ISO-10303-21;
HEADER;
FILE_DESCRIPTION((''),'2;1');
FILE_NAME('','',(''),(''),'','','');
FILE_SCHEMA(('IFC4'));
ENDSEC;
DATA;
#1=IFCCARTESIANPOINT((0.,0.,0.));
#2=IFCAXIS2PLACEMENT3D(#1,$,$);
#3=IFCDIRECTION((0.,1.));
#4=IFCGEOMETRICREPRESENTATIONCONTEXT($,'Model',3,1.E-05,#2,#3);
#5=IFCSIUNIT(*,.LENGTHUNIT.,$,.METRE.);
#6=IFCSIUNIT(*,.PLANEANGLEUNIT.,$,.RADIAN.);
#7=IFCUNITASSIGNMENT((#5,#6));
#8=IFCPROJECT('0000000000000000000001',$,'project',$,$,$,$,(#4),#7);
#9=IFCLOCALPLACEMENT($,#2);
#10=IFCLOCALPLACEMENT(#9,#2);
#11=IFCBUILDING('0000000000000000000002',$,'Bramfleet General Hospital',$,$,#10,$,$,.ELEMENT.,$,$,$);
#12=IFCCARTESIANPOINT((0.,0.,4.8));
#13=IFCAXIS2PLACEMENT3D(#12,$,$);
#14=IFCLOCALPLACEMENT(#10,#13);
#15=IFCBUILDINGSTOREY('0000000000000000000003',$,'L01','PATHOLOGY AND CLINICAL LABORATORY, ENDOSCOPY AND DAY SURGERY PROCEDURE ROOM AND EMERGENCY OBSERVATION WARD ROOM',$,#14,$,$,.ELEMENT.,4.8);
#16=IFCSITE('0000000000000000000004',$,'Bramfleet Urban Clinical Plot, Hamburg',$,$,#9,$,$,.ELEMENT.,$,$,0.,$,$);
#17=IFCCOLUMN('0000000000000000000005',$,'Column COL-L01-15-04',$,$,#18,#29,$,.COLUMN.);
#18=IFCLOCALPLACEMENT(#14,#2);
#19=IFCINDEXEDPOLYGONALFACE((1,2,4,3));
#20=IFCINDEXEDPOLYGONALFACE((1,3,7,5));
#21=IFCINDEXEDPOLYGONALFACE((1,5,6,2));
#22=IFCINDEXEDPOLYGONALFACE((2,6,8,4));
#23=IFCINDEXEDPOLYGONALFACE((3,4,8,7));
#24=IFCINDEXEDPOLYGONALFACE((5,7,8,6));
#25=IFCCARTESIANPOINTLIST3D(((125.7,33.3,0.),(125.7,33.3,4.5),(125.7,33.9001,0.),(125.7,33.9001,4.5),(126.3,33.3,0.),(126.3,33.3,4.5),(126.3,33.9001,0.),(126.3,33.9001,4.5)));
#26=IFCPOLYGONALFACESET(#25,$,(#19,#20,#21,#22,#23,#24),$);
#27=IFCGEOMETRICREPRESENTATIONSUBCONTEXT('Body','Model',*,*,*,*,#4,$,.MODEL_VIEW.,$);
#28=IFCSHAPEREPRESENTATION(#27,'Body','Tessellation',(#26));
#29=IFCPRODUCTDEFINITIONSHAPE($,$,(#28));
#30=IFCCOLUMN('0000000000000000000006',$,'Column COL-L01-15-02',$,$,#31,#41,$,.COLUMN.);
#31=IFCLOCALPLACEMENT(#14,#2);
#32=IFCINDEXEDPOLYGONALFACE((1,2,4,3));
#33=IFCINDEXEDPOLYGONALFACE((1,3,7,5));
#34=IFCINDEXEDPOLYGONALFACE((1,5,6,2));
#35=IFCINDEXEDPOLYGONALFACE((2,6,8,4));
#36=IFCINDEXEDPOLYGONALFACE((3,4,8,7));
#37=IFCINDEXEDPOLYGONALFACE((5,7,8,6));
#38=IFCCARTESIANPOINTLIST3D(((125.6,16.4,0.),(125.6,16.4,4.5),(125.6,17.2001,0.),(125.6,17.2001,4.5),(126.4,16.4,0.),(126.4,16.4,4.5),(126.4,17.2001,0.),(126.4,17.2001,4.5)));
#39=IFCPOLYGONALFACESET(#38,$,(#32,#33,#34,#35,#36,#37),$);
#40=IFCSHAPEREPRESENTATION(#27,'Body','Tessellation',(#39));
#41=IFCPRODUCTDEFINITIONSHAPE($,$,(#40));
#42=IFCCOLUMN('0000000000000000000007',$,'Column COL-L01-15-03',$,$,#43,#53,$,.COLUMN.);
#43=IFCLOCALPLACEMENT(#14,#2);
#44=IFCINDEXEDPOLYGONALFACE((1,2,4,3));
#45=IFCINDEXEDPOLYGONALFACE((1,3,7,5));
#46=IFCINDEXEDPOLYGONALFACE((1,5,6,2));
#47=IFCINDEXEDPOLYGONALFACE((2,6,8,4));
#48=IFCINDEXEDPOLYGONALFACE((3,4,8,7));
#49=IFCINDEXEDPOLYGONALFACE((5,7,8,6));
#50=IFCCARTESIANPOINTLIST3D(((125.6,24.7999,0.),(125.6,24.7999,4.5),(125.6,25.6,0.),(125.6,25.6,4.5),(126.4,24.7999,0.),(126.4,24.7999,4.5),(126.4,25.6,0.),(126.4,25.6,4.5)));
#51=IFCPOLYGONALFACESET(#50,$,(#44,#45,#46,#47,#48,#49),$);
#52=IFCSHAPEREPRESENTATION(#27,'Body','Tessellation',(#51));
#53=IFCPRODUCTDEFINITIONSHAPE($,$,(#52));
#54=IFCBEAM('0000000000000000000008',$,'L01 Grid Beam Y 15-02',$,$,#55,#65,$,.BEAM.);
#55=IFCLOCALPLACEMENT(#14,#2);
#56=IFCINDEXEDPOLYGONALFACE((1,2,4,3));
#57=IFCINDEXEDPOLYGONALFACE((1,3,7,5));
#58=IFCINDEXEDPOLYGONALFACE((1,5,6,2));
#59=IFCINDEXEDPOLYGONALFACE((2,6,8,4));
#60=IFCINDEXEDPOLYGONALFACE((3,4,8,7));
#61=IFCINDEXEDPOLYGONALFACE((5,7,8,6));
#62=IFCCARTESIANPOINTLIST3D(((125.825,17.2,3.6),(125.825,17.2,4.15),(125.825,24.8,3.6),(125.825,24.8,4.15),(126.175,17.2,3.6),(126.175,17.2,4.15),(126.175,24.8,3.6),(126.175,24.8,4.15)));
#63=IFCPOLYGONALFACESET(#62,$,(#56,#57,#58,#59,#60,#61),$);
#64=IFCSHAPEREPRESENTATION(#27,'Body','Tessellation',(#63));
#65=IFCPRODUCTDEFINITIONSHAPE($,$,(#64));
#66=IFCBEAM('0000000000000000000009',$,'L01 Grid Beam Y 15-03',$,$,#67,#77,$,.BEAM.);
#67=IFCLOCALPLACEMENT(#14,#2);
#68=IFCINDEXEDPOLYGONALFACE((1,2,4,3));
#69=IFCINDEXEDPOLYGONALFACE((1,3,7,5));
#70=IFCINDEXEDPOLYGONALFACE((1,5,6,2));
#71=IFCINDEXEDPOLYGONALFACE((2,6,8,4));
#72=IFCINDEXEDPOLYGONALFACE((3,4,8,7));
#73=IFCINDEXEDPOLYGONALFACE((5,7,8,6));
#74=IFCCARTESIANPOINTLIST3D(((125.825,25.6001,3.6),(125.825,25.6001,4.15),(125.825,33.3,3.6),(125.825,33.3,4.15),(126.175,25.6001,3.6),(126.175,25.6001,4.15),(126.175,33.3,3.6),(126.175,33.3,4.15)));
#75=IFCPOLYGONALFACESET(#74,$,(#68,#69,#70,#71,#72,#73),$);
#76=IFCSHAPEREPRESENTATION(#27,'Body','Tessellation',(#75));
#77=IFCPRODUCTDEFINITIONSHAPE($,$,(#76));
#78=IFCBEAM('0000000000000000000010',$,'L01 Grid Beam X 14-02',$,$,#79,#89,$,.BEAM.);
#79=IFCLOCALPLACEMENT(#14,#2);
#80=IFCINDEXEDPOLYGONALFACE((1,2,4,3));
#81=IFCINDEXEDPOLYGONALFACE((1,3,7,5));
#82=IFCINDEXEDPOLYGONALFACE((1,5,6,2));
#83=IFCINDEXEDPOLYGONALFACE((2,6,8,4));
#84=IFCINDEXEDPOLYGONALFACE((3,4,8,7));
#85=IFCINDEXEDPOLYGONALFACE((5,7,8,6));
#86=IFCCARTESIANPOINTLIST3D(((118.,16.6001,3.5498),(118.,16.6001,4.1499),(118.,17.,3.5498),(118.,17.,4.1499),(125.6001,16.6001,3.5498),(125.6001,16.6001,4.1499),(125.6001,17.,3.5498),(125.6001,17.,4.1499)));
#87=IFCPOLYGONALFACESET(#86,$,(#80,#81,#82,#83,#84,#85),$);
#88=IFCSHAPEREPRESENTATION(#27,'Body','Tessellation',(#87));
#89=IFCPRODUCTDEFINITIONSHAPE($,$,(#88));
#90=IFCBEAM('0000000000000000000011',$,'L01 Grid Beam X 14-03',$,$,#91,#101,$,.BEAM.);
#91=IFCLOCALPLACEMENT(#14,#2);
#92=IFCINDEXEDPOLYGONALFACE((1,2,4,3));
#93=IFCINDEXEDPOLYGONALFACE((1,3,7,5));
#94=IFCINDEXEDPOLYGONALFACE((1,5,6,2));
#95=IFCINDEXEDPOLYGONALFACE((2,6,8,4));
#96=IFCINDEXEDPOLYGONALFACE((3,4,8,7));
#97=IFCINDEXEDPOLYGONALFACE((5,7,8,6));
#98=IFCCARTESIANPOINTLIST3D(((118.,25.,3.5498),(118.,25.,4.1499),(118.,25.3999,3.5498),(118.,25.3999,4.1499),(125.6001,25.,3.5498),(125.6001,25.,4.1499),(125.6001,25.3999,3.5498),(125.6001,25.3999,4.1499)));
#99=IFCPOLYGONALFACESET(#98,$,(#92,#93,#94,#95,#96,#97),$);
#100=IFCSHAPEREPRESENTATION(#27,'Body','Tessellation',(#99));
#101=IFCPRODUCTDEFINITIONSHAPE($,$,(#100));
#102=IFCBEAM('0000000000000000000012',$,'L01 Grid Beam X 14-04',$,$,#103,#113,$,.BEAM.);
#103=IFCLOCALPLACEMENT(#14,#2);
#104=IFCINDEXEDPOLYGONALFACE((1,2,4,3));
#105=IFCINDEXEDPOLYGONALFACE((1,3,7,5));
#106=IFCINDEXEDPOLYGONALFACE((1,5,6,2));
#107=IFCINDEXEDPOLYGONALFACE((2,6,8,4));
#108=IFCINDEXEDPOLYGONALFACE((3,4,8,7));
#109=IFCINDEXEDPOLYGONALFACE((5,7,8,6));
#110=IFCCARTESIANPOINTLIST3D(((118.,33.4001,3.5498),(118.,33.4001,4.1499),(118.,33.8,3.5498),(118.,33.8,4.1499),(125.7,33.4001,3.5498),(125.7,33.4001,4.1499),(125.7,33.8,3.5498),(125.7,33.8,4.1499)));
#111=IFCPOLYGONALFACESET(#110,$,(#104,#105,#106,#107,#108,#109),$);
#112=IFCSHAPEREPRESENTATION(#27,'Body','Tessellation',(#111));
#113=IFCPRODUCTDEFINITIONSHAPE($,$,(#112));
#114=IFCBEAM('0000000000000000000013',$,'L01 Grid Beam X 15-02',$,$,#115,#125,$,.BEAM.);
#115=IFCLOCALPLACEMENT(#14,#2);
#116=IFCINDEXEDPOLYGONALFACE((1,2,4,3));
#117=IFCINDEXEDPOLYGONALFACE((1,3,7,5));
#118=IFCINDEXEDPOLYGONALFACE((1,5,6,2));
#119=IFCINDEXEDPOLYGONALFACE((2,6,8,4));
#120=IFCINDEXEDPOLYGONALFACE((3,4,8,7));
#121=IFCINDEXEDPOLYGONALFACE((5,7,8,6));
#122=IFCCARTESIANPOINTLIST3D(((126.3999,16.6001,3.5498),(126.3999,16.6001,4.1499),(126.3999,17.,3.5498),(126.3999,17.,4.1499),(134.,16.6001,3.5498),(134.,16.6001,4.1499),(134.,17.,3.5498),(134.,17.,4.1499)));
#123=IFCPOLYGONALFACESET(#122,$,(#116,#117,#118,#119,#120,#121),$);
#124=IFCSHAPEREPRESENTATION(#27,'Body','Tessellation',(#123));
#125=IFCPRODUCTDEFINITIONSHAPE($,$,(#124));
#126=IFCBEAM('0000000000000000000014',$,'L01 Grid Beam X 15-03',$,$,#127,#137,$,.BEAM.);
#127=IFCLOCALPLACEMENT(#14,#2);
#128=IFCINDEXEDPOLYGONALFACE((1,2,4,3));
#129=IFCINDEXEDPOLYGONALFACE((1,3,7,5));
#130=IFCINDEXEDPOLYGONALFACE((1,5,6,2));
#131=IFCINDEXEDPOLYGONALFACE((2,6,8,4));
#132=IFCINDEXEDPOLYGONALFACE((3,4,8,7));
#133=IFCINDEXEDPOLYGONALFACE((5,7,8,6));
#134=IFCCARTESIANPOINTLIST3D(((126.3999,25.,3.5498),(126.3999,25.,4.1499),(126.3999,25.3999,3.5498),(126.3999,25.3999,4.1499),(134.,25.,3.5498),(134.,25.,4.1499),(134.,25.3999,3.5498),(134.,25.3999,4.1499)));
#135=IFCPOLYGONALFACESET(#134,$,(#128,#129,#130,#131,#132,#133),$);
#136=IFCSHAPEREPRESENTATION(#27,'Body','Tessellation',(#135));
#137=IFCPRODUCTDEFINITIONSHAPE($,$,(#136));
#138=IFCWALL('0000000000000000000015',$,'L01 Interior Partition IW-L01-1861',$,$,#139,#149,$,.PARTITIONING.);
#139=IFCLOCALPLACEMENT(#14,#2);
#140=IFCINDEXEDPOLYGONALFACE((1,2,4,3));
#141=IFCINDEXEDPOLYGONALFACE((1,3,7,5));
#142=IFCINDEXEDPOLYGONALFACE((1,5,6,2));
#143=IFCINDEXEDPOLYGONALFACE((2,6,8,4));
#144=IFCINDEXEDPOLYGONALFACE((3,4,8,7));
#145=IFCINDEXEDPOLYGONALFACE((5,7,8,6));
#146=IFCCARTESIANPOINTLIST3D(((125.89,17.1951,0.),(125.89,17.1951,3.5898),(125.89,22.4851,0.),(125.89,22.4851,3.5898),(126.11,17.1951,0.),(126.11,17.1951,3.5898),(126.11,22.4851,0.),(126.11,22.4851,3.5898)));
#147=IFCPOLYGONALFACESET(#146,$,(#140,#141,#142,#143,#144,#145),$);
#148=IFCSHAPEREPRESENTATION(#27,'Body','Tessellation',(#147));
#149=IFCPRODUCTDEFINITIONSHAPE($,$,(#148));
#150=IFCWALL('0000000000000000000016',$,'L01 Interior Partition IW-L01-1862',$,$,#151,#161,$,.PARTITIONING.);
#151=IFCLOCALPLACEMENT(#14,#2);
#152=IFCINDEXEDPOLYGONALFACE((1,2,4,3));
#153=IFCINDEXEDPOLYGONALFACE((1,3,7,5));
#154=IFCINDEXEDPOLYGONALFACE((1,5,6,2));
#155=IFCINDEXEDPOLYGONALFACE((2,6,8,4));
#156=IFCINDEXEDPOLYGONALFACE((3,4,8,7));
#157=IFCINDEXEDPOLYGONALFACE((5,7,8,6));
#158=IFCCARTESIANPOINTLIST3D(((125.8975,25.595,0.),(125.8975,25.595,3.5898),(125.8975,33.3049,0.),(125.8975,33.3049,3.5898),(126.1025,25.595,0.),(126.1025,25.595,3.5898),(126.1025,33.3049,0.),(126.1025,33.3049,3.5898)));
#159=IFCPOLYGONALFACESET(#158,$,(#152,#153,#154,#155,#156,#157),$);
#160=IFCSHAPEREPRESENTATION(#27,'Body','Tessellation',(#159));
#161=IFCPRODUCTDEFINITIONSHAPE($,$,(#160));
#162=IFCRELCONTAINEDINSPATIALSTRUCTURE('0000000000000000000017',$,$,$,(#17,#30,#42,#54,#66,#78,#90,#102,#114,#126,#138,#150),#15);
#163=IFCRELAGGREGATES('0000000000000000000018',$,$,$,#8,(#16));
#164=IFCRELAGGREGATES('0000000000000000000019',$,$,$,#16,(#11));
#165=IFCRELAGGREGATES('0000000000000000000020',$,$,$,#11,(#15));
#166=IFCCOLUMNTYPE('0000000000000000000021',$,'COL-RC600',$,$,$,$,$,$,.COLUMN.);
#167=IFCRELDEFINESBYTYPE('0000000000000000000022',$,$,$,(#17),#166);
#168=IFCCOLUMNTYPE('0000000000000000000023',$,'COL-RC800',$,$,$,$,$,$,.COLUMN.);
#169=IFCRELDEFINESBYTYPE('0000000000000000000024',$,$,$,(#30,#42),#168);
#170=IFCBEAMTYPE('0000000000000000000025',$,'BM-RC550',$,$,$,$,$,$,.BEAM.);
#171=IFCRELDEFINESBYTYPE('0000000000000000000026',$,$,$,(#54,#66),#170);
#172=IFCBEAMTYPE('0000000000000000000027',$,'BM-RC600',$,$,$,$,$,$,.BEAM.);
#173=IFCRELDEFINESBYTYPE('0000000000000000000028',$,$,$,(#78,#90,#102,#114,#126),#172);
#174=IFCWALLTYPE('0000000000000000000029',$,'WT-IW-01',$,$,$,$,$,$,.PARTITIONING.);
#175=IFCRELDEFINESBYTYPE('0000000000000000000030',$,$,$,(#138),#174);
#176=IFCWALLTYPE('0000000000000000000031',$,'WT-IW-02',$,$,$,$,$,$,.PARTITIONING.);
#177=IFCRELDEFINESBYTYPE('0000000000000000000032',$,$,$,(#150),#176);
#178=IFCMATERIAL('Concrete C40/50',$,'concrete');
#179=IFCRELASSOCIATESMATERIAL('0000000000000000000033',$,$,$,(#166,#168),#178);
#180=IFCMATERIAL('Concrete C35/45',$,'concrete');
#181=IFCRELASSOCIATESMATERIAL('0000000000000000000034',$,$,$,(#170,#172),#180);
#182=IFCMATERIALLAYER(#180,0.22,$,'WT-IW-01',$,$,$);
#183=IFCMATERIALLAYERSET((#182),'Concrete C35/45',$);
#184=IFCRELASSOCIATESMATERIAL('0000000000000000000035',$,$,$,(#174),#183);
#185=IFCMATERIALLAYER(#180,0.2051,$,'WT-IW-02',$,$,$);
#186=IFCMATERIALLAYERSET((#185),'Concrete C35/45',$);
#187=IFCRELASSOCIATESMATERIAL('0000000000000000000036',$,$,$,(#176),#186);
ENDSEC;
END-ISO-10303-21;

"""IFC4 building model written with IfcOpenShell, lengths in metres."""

from ifc_helpers import new_model, si_unit, direction, frame, frame_2d, origin, origin_2d, place, context, subcontext, project, spatial, rectangle, extrude, material, layer, layer_set, material_profile, profile_set, type_object, element, save


model = new_model("IFC4")

# Units and contexts
model_context = context("Model", 3, precision=1e-05, world=origin(), true_north=direction((0.0, 1.0)))
body_context = subcontext(model_context, "Body", "Model", "MODEL_VIEW")
ifc_project = project(units=[si_unit("LENGTHUNIT", "METRE"), si_unit("PLANEANGLEUNIT", "RADIAN")], contexts=[model_context])

# Site, building, storey
site_placement = place(None, origin())
site = spatial("IfcSite", under=ifc_project, at=site_placement, Name="Bramfleet Urban Clinical Plot, Hamburg", CompositionType="ELEMENT", RefElevation=0.0)
building_placement = place(site_placement, origin())
building = spatial("IfcBuilding", under=site, at=building_placement, Name="Bramfleet General Hospital", CompositionType="ELEMENT")
storey_placement = place(building_placement, frame((0.0, 0.0, 4.8)))
storey = spatial("IfcBuildingStorey", under=building, at=storey_placement, Name="L01", Description="PATHOLOGY AND CLINICAL LABORATORY, ENDOSCOPY AND DAY SURGERY PROCEDURE ROOM AND EMERGENCY OBSERVATION WARD ROOM", CompositionType="ELEMENT", Elevation=4.8)

# Columns
ifc_material_1 = material(Name="Concrete C40/50", Category="concrete")
ifc_material_profile_1 = material_profile(ifc_material_1, rectangle(XDim=0.6001, YDim=0.6001, at=origin_2d()), Name="RC COL 600x600")
ifc_profile_set_1 = profile_set([ifc_material_profile_1], Name="Concrete C40/50")
column_type_1 = type_object("IfcColumnType", Name="COL-RC600", PredefinedType="COLUMN", material=ifc_profile_set_1)
column_placement = place(storey_placement, frame((126.0, 33.6001, 0.0), z_axis=(0.0, 0.0, 1.0), x_axis=(1.0, 0.0, 0.0)))
element("IfcColumn", 1, at=column_placement, inside=storey, type_object=column_type_1, Name="Column COL-L01-15-04", PredefinedType="COLUMN", context=body_context, shape_type="SweptSolid", body=[
    extrude(rectangle(XDim=0.6001, YDim=0.6001, at=origin_2d()), origin(), (0.0, 0.0, 1.0), 4.5),
])
ifc_material_profile_2 = material_profile(ifc_material_1, rectangle(XDim=0.8, YDim=0.8, at=origin_2d()), Name="RC COL 800x800")
ifc_profile_set_2 = profile_set([ifc_material_profile_2], Name="Concrete C40/50")
column_type_2 = type_object("IfcColumnType", Name="COL-RC800", PredefinedType="COLUMN", material=ifc_profile_set_2)
for number, where, z_axis, x_axis, name in (
    (2, (126.0, 16.8, 0.0), (0.0, 0.0, 1.0), (1.0, 0.0, 0.0), "Column COL-L01-15-02"),
    (3, (126.0, 25.2, 0.0), (0.0, 0.0, 1.0), (1.0, 0.0, 0.0), "Column COL-L01-15-03"),
):
    element("IfcColumn", number, at=place(storey_placement, frame(where, z_axis=z_axis, x_axis=x_axis)), inside=storey, type_object=column_type_2, Name=name, PredefinedType="COLUMN", context=body_context, shape_type="SweptSolid", body=[
        extrude(rectangle(XDim=0.8, YDim=0.8, at=origin_2d()), origin(), (0.0, 0.0, 1.0), 4.5),
    ])

# Beams
ifc_material_2 = material(Name="Concrete C35/45", Category="concrete")
ifc_material_profile_3 = material_profile(ifc_material_2, rectangle(XDim=0.3501, YDim=0.55, at=origin_2d()), Name="RC BM 550x350")
ifc_profile_set_3 = profile_set([ifc_material_profile_3], Name="Concrete C35/45")
beam_type_1 = type_object("IfcBeamType", Name="BM-RC550", PredefinedType="BEAM", material=ifc_profile_set_3)
beam_1_placement = place(storey_placement, frame((126.0, 17.2, 3.875), z_axis=(0.0, 1.0, 0.0), x_axis=(-1.0, 0.0, 0.0)))
element("IfcBeam", 4, at=beam_1_placement, inside=storey, type_object=beam_type_1, Name="L01 Grid Beam Y 15-02", PredefinedType="BEAM", context=body_context, shape_type="SweptSolid", body=[
    extrude(rectangle(XDim=0.3501, YDim=0.55, at=origin_2d()), origin(), (0.0, 0.0, 1.0), 7.6001),
])
beam_2_placement = place(storey_placement, frame((126.0, 25.6001, 3.875), z_axis=(0.0, 1.0, 0.0), x_axis=(-1.0, 0.0, 0.0)))
element("IfcBeam", 5, at=beam_2_placement, inside=storey, type_object=beam_type_1, Name="L01 Grid Beam Y 15-03", PredefinedType="BEAM", context=body_context, shape_type="SweptSolid", body=[
    extrude(rectangle(XDim=0.3501, YDim=0.55, at=origin_2d()), origin(), (0.0, 0.0, 1.0), 7.7),
])
ifc_material_profile_4 = material_profile(ifc_material_2, rectangle(XDim=0.3999, YDim=0.6001, at=origin_2d()), Name="RC BM 600x400")
ifc_profile_set_4 = profile_set([ifc_material_profile_4], Name="Concrete C35/45")
beam_type_2 = type_object("IfcBeamType", Name="BM-RC600", PredefinedType="BEAM", material=ifc_profile_set_4)
for number, where, z_axis, x_axis, name in (
    (6, (118.0, 16.8, 3.8499), (1.0, 0.0, 0.0), (0.0, 1.0, 0.0), "L01 Grid Beam X 14-02"),
    (7, (118.0, 25.2, 3.8499), (1.0, 0.0, 0.0), (0.0, 1.0, 0.0), "L01 Grid Beam X 14-03"),
):
    element("IfcBeam", number, at=place(storey_placement, frame(where, z_axis=z_axis, x_axis=x_axis)), inside=storey, type_object=beam_type_2, Name=name, PredefinedType="BEAM", context=body_context, shape_type="SweptSolid", body=[
        extrude(rectangle(XDim=0.3999, YDim=0.6001, at=origin_2d()), origin(), (0.0, 0.0, 1.0), 7.6001),
    ])
beam_3_placement = place(storey_placement, frame((118.0, 33.6001, 3.8499), z_axis=(1.0, 0.0, 0.0), x_axis=(0.0, 1.0, 0.0)))
element("IfcBeam", 8, at=beam_3_placement, inside=storey, type_object=beam_type_2, Name="L01 Grid Beam X 14-04", PredefinedType="BEAM", context=body_context, shape_type="SweptSolid", body=[
    extrude(rectangle(XDim=0.3999, YDim=0.6001, at=origin_2d()), origin(), (0.0, 0.0, 1.0), 7.7),
])
for number, where, z_axis, x_axis, name in (
    (9, (126.3999, 16.8, 3.8499), (1.0, 0.0, 0.0), (0.0, 1.0, 0.0), "L01 Grid Beam X 15-02"),
    (10, (126.3999, 25.2, 3.8499), (1.0, 0.0, 0.0), (0.0, 1.0, 0.0), "L01 Grid Beam X 15-03"),
):
    element("IfcBeam", number, at=place(storey_placement, frame(where, z_axis=z_axis, x_axis=x_axis)), inside=storey, type_object=beam_type_2, Name=name, PredefinedType="BEAM", context=body_context, shape_type="SweptSolid", body=[
        extrude(rectangle(XDim=0.3999, YDim=0.6001, at=origin_2d()), origin(), (0.0, 0.0, 1.0), 7.6001),
    ])

# Walls
ifc_layer_1 = layer(ifc_material_2, 0.22, Name="WT-IW-01")
ifc_layer_set_1 = layer_set([ifc_layer_1], Name="Concrete C35/45")
wall_type_1 = type_object("IfcWallType", Name="WT-IW-01", PredefinedType="PARTITIONING", material=ifc_layer_set_1)
wall_1_placement = place(storey_placement, frame((126.0, 17.1951, 0.0), z_axis=(0.0, 0.0, 1.0), x_axis=(0.0, 1.0, 0.0)))
element("IfcWall", 11, at=wall_1_placement, inside=storey, type_object=wall_type_1, Name="L01 Interior Partition IW-L01-1861", PredefinedType="PARTITIONING", context=body_context, shape_type="SweptSolid", body=[
    extrude(rectangle(XDim=5.29, YDim=0.22, at=frame_2d((2.645, 0.0))), origin(), (0.0, 0.0, 1.0), 3.5898),
])
ifc_layer_2 = layer(ifc_material_2, 0.2051, Name="WT-IW-02")
ifc_layer_set_2 = layer_set([ifc_layer_2], Name="Concrete C35/45")
wall_type_2 = type_object("IfcWallType", Name="WT-IW-02", PredefinedType="PARTITIONING", material=ifc_layer_set_2)
wall_2_placement = place(storey_placement, frame((126.0, 25.595, 0.0), z_axis=(0.0, 0.0, 1.0), x_axis=(0.0, 1.0, 0.0)))
element("IfcWall", 12, at=wall_2_placement, inside=storey, type_object=wall_type_2, Name="L01 Interior Partition IW-L01-1862", PredefinedType="PARTITIONING", context=body_context, shape_type="SweptSolid", body=[
    extrude(rectangle(XDim=7.71, YDim=0.2051, at=frame_2d((3.855, 0.0))), origin(), (0.0, 0.0, 1.0), 3.5898),
])

save(model, "model.ifc")
